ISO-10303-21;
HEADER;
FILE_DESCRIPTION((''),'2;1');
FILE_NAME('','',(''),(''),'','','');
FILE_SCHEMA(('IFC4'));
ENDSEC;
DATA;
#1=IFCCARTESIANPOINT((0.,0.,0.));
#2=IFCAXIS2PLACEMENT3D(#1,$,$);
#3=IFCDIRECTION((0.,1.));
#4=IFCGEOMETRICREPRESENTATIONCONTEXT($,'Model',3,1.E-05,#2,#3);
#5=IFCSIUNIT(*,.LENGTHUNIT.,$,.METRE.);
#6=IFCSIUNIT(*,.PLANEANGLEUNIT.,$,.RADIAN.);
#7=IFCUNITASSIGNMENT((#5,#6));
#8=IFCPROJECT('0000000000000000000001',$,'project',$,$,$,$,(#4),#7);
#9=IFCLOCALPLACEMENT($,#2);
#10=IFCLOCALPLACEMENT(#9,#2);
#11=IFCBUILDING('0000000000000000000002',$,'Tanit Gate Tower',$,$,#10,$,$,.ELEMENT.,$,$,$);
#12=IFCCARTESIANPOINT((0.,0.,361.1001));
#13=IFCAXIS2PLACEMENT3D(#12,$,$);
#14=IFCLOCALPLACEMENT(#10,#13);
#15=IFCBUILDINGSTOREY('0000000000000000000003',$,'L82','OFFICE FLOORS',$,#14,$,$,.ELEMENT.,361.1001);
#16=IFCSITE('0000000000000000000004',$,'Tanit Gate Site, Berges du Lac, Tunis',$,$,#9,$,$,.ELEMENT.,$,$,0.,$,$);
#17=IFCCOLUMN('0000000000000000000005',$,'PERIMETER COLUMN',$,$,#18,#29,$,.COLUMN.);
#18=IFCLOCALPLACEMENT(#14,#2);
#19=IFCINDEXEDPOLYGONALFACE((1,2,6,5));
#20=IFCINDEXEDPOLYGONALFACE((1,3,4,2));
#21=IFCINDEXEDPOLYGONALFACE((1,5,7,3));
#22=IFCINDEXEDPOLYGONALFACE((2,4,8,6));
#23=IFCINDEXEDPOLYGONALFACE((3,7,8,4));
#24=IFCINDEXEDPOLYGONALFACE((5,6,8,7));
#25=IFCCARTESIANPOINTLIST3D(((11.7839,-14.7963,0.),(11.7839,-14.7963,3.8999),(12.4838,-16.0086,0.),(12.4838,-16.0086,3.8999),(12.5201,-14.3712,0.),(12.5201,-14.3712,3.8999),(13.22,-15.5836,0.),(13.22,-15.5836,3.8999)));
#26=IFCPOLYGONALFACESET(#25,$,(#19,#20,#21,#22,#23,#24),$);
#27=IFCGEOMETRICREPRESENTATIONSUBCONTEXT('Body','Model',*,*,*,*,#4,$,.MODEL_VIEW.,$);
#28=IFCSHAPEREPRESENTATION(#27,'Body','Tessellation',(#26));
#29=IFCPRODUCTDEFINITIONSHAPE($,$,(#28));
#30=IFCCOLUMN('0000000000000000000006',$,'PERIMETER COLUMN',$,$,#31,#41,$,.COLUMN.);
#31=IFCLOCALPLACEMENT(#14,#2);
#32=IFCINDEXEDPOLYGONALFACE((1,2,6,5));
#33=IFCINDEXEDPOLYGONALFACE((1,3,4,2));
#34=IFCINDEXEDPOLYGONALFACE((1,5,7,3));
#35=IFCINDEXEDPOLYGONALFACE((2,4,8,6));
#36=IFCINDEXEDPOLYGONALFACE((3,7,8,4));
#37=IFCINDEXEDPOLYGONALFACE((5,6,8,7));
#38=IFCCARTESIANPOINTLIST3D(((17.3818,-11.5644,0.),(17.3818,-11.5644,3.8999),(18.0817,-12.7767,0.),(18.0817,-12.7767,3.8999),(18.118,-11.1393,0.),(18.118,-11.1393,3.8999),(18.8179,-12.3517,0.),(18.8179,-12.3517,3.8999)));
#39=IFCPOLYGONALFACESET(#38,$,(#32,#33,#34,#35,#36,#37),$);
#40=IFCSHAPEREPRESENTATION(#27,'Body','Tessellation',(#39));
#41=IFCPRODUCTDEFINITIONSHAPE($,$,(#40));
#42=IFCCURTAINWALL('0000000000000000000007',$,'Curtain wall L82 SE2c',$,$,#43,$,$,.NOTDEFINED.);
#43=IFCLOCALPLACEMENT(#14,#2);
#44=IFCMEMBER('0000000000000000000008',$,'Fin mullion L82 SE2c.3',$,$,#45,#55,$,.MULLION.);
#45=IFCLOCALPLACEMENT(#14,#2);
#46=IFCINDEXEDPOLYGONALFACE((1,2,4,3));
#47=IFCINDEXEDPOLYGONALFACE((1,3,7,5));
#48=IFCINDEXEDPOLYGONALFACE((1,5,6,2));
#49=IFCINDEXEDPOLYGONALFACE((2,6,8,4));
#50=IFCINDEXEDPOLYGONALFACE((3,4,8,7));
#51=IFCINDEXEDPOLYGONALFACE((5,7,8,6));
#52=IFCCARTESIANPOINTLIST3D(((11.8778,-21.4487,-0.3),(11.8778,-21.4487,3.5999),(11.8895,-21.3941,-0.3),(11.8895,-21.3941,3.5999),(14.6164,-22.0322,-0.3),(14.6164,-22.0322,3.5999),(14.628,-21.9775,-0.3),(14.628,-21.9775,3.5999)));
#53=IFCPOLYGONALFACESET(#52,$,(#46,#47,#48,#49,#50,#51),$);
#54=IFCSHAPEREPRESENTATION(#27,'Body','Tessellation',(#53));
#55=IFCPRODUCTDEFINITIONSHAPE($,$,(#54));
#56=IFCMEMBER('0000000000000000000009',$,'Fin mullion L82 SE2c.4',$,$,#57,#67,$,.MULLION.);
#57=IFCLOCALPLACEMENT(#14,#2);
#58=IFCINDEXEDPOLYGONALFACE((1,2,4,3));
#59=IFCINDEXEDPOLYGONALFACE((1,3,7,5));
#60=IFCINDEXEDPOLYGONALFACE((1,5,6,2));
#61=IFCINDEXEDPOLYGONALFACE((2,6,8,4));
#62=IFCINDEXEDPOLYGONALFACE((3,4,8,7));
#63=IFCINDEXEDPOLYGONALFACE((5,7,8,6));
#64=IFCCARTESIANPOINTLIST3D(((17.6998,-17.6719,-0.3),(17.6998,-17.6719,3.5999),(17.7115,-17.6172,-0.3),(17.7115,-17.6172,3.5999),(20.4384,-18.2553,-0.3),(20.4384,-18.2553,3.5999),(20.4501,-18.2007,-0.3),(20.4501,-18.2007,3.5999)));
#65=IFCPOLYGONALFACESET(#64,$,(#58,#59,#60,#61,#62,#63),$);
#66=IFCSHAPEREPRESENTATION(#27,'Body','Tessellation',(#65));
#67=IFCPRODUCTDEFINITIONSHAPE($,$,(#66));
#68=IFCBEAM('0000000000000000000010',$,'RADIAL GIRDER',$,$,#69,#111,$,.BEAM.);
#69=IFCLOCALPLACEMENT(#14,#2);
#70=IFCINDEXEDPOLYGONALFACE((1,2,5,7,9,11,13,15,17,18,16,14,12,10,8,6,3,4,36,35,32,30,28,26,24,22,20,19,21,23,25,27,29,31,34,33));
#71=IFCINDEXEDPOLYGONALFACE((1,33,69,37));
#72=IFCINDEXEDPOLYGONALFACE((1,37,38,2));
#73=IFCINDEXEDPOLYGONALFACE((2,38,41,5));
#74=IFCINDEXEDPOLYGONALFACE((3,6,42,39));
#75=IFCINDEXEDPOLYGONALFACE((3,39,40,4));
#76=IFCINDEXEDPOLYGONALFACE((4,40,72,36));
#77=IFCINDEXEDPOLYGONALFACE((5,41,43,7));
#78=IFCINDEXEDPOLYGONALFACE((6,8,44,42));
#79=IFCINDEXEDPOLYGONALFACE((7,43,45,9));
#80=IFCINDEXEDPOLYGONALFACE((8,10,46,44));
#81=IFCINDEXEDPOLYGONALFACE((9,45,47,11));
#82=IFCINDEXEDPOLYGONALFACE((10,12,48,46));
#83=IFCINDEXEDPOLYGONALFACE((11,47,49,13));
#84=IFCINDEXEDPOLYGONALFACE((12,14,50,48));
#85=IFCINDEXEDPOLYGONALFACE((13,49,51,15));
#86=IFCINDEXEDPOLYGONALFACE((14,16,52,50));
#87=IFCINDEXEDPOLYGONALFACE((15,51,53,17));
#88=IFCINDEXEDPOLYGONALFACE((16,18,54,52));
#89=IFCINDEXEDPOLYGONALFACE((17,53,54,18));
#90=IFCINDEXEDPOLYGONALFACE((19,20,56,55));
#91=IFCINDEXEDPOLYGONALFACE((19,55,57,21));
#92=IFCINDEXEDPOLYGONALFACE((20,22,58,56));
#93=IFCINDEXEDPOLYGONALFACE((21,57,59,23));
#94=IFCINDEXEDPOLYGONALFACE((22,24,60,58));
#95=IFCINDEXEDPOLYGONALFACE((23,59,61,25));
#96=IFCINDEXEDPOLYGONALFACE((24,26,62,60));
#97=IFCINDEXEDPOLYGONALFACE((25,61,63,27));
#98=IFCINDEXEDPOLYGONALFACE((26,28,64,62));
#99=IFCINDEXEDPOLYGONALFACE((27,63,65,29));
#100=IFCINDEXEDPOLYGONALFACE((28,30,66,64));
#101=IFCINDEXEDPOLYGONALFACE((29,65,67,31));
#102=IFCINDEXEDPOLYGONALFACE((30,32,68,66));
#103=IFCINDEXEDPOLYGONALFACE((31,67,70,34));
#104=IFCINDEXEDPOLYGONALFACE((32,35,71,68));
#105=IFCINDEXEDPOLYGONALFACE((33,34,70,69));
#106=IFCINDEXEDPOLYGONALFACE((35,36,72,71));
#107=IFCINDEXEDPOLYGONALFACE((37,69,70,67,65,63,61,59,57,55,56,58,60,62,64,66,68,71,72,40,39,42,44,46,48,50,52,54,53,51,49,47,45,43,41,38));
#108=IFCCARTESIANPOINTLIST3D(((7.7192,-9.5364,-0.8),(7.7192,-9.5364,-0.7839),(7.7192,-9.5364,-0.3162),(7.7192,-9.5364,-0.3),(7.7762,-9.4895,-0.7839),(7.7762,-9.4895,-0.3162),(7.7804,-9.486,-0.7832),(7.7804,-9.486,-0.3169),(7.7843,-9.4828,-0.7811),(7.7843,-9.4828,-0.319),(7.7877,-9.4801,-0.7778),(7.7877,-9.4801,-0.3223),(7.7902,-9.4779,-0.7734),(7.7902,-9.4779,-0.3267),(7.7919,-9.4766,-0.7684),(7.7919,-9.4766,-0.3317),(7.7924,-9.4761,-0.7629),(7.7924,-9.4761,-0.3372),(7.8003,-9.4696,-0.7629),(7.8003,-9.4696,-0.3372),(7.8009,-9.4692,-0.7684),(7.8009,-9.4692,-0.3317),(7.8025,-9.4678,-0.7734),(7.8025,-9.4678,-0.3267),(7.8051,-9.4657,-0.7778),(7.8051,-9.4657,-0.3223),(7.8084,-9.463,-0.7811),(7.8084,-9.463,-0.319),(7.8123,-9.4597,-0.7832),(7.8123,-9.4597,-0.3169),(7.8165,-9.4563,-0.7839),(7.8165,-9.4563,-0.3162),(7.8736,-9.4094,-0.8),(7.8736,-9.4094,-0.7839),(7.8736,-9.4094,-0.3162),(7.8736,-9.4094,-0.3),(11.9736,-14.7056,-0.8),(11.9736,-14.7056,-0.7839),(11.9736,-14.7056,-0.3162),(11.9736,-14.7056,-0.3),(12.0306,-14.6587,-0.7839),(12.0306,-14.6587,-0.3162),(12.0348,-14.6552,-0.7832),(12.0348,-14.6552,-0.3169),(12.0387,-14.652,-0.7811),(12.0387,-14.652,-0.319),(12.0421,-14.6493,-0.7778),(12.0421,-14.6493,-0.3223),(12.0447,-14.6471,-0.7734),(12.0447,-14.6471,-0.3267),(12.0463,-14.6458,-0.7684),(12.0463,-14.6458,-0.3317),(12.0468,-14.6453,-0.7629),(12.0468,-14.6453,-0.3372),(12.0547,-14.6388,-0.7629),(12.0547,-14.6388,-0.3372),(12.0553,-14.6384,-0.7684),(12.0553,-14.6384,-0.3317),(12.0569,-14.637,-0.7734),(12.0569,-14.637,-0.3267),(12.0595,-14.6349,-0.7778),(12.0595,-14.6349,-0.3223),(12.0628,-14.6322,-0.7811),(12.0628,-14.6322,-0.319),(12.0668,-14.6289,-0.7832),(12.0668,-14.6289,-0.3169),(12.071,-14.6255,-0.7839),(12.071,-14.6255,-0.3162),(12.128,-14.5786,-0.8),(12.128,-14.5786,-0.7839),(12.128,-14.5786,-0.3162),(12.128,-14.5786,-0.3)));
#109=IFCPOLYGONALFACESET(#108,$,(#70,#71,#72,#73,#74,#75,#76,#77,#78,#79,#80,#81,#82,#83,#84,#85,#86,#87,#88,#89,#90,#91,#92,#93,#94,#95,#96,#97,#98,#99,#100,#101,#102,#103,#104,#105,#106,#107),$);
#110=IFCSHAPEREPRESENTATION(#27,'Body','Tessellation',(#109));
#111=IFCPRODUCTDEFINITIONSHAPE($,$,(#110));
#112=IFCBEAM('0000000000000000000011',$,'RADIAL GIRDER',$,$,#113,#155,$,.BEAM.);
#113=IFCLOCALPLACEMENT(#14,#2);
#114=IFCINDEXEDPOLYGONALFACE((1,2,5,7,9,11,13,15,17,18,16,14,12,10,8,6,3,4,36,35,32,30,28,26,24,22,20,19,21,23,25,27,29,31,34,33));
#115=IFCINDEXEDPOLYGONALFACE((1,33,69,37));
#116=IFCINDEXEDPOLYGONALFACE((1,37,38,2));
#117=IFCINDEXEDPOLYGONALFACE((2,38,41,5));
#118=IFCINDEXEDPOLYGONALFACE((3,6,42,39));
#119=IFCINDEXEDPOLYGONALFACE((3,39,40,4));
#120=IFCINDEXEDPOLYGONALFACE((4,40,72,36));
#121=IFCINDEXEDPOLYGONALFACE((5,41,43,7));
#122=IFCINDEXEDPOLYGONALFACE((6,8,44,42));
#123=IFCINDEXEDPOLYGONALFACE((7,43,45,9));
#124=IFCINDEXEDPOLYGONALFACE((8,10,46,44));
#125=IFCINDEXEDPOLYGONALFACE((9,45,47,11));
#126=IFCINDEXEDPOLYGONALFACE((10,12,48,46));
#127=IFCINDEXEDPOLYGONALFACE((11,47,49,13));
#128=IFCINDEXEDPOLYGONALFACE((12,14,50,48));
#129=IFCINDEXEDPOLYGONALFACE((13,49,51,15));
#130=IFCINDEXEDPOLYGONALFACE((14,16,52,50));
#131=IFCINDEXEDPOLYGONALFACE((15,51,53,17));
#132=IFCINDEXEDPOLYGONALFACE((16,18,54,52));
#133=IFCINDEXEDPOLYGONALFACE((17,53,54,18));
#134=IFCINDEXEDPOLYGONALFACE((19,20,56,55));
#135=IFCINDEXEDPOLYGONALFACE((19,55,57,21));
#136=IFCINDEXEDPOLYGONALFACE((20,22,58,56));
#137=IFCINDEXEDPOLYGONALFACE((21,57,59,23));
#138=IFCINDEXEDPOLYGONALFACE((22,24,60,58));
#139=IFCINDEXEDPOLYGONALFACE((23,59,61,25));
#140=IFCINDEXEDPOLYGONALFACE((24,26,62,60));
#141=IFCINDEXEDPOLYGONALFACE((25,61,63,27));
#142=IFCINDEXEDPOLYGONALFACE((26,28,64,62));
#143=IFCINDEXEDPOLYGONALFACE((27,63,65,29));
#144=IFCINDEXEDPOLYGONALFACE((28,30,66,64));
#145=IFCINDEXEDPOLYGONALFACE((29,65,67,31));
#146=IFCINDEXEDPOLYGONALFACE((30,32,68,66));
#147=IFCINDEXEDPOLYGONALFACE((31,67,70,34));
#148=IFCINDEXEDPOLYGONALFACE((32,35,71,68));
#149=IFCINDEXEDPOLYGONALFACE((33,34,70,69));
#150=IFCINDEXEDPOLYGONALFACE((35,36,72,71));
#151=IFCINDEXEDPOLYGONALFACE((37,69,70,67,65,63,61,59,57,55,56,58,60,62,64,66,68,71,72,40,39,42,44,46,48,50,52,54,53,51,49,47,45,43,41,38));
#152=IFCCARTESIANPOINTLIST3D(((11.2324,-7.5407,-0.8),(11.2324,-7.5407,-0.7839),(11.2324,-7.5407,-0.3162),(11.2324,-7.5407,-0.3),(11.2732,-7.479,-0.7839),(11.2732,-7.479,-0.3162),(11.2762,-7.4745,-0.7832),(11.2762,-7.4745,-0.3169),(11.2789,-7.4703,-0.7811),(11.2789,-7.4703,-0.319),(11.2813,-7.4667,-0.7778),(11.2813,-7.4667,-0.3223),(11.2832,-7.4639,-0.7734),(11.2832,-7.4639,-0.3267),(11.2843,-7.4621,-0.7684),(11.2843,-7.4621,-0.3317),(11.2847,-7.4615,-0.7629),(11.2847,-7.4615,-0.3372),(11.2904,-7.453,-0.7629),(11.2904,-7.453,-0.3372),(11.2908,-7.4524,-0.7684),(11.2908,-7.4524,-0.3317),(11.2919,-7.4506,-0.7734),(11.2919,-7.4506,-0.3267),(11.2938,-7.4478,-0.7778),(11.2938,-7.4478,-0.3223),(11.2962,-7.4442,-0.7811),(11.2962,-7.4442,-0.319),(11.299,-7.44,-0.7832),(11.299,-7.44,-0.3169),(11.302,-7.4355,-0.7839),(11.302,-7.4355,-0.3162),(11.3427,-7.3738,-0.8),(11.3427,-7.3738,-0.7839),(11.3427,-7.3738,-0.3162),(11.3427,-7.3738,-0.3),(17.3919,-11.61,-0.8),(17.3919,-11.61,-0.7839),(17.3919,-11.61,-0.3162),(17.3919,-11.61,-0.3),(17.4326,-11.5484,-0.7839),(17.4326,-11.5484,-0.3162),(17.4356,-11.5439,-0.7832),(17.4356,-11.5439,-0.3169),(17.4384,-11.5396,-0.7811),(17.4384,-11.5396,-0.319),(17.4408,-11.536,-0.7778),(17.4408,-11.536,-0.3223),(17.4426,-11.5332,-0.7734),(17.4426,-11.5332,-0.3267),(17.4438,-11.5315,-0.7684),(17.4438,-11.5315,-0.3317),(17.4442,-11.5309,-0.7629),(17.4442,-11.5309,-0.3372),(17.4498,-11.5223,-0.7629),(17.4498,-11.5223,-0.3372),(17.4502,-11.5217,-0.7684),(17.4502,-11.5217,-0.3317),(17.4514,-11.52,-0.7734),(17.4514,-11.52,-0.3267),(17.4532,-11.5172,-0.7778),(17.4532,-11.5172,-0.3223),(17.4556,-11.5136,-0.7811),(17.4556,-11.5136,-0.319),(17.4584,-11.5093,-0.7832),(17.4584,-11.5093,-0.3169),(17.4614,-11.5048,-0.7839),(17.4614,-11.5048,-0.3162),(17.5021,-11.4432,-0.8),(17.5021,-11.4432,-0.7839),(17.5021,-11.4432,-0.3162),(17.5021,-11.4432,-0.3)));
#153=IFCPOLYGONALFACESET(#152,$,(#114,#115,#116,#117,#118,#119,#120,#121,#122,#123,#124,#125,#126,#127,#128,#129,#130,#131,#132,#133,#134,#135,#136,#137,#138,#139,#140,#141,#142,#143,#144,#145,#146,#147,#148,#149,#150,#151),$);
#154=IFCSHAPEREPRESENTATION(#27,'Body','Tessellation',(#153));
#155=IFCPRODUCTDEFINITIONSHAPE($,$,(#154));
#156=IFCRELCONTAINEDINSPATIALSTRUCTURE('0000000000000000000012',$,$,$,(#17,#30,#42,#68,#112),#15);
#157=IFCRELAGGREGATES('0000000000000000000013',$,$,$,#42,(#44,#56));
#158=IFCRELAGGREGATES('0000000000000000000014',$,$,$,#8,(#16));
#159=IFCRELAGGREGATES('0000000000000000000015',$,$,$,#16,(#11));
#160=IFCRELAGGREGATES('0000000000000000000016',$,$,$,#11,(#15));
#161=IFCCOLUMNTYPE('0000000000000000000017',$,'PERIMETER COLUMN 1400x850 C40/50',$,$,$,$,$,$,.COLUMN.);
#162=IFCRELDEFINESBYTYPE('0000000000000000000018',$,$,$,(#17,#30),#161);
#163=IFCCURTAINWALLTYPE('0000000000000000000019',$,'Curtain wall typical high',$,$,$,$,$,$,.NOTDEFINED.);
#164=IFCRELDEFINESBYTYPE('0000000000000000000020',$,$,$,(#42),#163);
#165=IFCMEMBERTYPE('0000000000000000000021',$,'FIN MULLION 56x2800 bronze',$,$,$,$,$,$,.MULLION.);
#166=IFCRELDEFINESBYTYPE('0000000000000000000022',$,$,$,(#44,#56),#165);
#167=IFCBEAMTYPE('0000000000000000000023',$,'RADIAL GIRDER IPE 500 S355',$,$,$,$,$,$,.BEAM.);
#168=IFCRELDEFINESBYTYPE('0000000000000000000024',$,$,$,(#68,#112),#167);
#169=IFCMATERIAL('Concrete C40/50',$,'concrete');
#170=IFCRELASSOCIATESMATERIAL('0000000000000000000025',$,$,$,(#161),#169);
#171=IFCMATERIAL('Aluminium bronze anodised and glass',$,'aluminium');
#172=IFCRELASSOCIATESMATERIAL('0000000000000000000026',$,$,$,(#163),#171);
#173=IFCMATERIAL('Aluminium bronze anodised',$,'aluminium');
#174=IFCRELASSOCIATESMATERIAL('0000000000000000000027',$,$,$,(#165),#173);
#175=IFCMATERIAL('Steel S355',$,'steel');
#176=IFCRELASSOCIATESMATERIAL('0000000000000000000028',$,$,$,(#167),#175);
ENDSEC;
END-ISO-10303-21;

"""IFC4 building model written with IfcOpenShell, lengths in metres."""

from ifc_helpers import new_model, si_unit, direction, frame, origin, origin_2d, place, context, subcontext, project, spatial, rectangle, i_section, extrude, material, material_profile, profile_set, type_object, element, aggregate, save


model = new_model("IFC4")

# Units and contexts
model_context = context("Model", 3, precision=1e-05, world=origin(), true_north=direction((0.0, 1.0)))
body_context = subcontext(model_context, "Body", "Model", "MODEL_VIEW")
ifc_project = project(units=[si_unit("LENGTHUNIT", "METRE"), si_unit("PLANEANGLEUNIT", "RADIAN")], contexts=[model_context])

# Site, building, storey
site_placement = place(None, origin())
site = spatial("IfcSite", under=ifc_project, at=site_placement, Name="Tanit Gate Site, Berges du Lac, Tunis", CompositionType="ELEMENT", RefElevation=0.0)
building_placement = place(site_placement, origin())
building = spatial("IfcBuilding", under=site, at=building_placement, Name="Tanit Gate Tower", CompositionType="ELEMENT")
storey_placement = place(building_placement, frame((0.0, 0.0, 361.1001)))
storey = spatial("IfcBuildingStorey", under=building, at=storey_placement, Name="L82", Description="OFFICE FLOORS", CompositionType="ELEMENT", Elevation=361.1001)

# Columns
ifc_material_1 = material(Name="Concrete C40/50", Category="concrete")
ifc_material_profile_1 = material_profile(ifc_material_1, rectangle(XDim=1.3999, YDim=0.8501, at=origin_2d()), Name="RC 1400x850")
ifc_profile_set_1 = profile_set([ifc_material_profile_1], Name="Concrete C40/50")
column_type = type_object("IfcColumnType", Name="PERIMETER COLUMN 1400x850 C40/50", PredefinedType="COLUMN", material=ifc_profile_set_1)
for number, where, z_axis, x_axis, name in (
    (1, (12.502, -15.1899, 0.0), (0.0, 0.0, 1.0), (0.5, -0.866025, 0.0), "PERIMETER COLUMN"),
    (2, (18.0999, -11.958, 0.0), (0.0, 0.0, 1.0), (0.5, -0.866025, 0.0), "PERIMETER COLUMN"),
):
    element("IfcColumn", number, at=place(storey_placement, frame(where, z_axis=z_axis, x_axis=x_axis)), inside=storey, type_object=column_type, Name=name, PredefinedType="COLUMN", context=body_context, shape_type="SweptSolid", body=[
        extrude(rectangle(XDim=1.3999, YDim=0.8501, at=origin_2d()), origin(), (0.0, 0.0, 1.0), 3.8999),
    ])

# Curtain wall, members
ifc_material_2 = material(Name="Aluminium bronze anodised and glass", Category="aluminium")
curtain_wall_type = type_object("IfcCurtainWallType", Name="Curtain wall typical high", PredefinedType="NOTDEFINED", material=ifc_material_2)
curtain_wall_placement = place(storey_placement, origin())
curtain_wall = element("IfcCurtainWall", 3, at=curtain_wall_placement, inside=storey, type_object=curtain_wall_type, Name="Curtain wall L82 SE2c", PredefinedType="NOTDEFINED")
ifc_material_3 = material(Name="Aluminium bronze anodised", Category="aluminium")
ifc_material_profile_2 = material_profile(ifc_material_3, rectangle(XDim=2.8, YDim=0.0559, at=origin_2d()), Name="56x2800 bronze fin mullion")
ifc_profile_set_2 = profile_set([ifc_material_profile_2], Name="Aluminium bronze anodised")
member_type_1 = type_object("IfcMemberType", Name="FIN MULLION 56x2800 bronze", PredefinedType="MULLION", material=ifc_profile_set_2)
member_1_placement = place(storey_placement, frame((13.2529, -21.7131, -0.3), z_axis=(0.0, 0.0, 1.0), x_axis=(-0.978049, 0.208373, 0.0)))
member_1 = element("IfcMember", 4, at=member_1_placement, type_object=member_type_1, Name="Fin mullion L82 SE2c.3", PredefinedType="MULLION", context=body_context, shape_type="SweptSolid", body=[
    extrude(rectangle(XDim=2.8, YDim=0.0559, at=origin_2d()), origin(), (0.0, 0.0, 1.0), 3.8999),
])
member_2_placement = place(storey_placement, frame((19.075, -17.9363, -0.3), z_axis=(0.0, 0.0, 1.0), x_axis=(-0.978049, 0.208373, 0.0)))
member_2 = element("IfcMember", 5, at=member_2_placement, type_object=member_type_1, Name="Fin mullion L82 SE2c.4", PredefinedType="MULLION", context=body_context, shape_type="SweptSolid", body=[
    extrude(rectangle(XDim=2.8, YDim=0.0559, at=origin_2d()), origin(), (0.0, 0.0, 1.0), 3.8999),
])

# Beams
ifc_material_4 = material(Name="Steel S355", Category="steel")
ifc_material_profile_3 = material_profile(ifc_material_4, i_section(OverallWidth=0.2, OverallDepth=0.5, WebThickness=0.0103, FlangeThickness=0.0161, FilletRadius=0.021, at=origin_2d()), Name="IPE 500")
ifc_profile_set_3 = profile_set([ifc_material_profile_3], Name="Steel S355")
beam_type_1 = type_object("IfcBeamType", Name="RADIAL GIRDER IPE 500 S355", PredefinedType="BEAM", material=ifc_profile_set_3)
beam_1_placement = place(storey_placement, frame((12.0508, -14.6421, -0.55), z_axis=(-0.635477, 0.77212, 0.0), x_axis=(-0.77212, -0.635477, 0.0)))
element("IfcBeam", 6, at=beam_1_placement, inside=storey, type_object=beam_type_1, Name="RADIAL GIRDER", PredefinedType="BEAM", context=body_context, shape_type="SweptSolid", body=[
    extrude(i_section(OverallWidth=0.2, OverallDepth=0.5, WebThickness=0.0103, FlangeThickness=0.0161, FilletRadius=0.021, at=origin_2d()), origin(), (0.0, 0.0, 1.0), 6.6948),
])
beam_2_placement = place(storey_placement, frame((17.447, -11.5266, -0.55), z_axis=(-0.834353, 0.551231, 0.0), x_axis=(-0.551231, -0.834353, 0.0)))
element("IfcBeam", 7, at=beam_2_placement, inside=storey, type_object=beam_type_1, Name="RADIAL GIRDER", PredefinedType="BEAM", context=body_context, shape_type="SweptSolid", body=[
    extrude(i_section(OverallWidth=0.2, OverallDepth=0.5, WebThickness=0.0103, FlangeThickness=0.0161, FilletRadius=0.021, at=origin_2d()), origin(), (0.0, 0.0, 1.0), 7.3823),
])

aggregate(curtain_wall, [member_1, member_2])

save(model, "model.ifc")
